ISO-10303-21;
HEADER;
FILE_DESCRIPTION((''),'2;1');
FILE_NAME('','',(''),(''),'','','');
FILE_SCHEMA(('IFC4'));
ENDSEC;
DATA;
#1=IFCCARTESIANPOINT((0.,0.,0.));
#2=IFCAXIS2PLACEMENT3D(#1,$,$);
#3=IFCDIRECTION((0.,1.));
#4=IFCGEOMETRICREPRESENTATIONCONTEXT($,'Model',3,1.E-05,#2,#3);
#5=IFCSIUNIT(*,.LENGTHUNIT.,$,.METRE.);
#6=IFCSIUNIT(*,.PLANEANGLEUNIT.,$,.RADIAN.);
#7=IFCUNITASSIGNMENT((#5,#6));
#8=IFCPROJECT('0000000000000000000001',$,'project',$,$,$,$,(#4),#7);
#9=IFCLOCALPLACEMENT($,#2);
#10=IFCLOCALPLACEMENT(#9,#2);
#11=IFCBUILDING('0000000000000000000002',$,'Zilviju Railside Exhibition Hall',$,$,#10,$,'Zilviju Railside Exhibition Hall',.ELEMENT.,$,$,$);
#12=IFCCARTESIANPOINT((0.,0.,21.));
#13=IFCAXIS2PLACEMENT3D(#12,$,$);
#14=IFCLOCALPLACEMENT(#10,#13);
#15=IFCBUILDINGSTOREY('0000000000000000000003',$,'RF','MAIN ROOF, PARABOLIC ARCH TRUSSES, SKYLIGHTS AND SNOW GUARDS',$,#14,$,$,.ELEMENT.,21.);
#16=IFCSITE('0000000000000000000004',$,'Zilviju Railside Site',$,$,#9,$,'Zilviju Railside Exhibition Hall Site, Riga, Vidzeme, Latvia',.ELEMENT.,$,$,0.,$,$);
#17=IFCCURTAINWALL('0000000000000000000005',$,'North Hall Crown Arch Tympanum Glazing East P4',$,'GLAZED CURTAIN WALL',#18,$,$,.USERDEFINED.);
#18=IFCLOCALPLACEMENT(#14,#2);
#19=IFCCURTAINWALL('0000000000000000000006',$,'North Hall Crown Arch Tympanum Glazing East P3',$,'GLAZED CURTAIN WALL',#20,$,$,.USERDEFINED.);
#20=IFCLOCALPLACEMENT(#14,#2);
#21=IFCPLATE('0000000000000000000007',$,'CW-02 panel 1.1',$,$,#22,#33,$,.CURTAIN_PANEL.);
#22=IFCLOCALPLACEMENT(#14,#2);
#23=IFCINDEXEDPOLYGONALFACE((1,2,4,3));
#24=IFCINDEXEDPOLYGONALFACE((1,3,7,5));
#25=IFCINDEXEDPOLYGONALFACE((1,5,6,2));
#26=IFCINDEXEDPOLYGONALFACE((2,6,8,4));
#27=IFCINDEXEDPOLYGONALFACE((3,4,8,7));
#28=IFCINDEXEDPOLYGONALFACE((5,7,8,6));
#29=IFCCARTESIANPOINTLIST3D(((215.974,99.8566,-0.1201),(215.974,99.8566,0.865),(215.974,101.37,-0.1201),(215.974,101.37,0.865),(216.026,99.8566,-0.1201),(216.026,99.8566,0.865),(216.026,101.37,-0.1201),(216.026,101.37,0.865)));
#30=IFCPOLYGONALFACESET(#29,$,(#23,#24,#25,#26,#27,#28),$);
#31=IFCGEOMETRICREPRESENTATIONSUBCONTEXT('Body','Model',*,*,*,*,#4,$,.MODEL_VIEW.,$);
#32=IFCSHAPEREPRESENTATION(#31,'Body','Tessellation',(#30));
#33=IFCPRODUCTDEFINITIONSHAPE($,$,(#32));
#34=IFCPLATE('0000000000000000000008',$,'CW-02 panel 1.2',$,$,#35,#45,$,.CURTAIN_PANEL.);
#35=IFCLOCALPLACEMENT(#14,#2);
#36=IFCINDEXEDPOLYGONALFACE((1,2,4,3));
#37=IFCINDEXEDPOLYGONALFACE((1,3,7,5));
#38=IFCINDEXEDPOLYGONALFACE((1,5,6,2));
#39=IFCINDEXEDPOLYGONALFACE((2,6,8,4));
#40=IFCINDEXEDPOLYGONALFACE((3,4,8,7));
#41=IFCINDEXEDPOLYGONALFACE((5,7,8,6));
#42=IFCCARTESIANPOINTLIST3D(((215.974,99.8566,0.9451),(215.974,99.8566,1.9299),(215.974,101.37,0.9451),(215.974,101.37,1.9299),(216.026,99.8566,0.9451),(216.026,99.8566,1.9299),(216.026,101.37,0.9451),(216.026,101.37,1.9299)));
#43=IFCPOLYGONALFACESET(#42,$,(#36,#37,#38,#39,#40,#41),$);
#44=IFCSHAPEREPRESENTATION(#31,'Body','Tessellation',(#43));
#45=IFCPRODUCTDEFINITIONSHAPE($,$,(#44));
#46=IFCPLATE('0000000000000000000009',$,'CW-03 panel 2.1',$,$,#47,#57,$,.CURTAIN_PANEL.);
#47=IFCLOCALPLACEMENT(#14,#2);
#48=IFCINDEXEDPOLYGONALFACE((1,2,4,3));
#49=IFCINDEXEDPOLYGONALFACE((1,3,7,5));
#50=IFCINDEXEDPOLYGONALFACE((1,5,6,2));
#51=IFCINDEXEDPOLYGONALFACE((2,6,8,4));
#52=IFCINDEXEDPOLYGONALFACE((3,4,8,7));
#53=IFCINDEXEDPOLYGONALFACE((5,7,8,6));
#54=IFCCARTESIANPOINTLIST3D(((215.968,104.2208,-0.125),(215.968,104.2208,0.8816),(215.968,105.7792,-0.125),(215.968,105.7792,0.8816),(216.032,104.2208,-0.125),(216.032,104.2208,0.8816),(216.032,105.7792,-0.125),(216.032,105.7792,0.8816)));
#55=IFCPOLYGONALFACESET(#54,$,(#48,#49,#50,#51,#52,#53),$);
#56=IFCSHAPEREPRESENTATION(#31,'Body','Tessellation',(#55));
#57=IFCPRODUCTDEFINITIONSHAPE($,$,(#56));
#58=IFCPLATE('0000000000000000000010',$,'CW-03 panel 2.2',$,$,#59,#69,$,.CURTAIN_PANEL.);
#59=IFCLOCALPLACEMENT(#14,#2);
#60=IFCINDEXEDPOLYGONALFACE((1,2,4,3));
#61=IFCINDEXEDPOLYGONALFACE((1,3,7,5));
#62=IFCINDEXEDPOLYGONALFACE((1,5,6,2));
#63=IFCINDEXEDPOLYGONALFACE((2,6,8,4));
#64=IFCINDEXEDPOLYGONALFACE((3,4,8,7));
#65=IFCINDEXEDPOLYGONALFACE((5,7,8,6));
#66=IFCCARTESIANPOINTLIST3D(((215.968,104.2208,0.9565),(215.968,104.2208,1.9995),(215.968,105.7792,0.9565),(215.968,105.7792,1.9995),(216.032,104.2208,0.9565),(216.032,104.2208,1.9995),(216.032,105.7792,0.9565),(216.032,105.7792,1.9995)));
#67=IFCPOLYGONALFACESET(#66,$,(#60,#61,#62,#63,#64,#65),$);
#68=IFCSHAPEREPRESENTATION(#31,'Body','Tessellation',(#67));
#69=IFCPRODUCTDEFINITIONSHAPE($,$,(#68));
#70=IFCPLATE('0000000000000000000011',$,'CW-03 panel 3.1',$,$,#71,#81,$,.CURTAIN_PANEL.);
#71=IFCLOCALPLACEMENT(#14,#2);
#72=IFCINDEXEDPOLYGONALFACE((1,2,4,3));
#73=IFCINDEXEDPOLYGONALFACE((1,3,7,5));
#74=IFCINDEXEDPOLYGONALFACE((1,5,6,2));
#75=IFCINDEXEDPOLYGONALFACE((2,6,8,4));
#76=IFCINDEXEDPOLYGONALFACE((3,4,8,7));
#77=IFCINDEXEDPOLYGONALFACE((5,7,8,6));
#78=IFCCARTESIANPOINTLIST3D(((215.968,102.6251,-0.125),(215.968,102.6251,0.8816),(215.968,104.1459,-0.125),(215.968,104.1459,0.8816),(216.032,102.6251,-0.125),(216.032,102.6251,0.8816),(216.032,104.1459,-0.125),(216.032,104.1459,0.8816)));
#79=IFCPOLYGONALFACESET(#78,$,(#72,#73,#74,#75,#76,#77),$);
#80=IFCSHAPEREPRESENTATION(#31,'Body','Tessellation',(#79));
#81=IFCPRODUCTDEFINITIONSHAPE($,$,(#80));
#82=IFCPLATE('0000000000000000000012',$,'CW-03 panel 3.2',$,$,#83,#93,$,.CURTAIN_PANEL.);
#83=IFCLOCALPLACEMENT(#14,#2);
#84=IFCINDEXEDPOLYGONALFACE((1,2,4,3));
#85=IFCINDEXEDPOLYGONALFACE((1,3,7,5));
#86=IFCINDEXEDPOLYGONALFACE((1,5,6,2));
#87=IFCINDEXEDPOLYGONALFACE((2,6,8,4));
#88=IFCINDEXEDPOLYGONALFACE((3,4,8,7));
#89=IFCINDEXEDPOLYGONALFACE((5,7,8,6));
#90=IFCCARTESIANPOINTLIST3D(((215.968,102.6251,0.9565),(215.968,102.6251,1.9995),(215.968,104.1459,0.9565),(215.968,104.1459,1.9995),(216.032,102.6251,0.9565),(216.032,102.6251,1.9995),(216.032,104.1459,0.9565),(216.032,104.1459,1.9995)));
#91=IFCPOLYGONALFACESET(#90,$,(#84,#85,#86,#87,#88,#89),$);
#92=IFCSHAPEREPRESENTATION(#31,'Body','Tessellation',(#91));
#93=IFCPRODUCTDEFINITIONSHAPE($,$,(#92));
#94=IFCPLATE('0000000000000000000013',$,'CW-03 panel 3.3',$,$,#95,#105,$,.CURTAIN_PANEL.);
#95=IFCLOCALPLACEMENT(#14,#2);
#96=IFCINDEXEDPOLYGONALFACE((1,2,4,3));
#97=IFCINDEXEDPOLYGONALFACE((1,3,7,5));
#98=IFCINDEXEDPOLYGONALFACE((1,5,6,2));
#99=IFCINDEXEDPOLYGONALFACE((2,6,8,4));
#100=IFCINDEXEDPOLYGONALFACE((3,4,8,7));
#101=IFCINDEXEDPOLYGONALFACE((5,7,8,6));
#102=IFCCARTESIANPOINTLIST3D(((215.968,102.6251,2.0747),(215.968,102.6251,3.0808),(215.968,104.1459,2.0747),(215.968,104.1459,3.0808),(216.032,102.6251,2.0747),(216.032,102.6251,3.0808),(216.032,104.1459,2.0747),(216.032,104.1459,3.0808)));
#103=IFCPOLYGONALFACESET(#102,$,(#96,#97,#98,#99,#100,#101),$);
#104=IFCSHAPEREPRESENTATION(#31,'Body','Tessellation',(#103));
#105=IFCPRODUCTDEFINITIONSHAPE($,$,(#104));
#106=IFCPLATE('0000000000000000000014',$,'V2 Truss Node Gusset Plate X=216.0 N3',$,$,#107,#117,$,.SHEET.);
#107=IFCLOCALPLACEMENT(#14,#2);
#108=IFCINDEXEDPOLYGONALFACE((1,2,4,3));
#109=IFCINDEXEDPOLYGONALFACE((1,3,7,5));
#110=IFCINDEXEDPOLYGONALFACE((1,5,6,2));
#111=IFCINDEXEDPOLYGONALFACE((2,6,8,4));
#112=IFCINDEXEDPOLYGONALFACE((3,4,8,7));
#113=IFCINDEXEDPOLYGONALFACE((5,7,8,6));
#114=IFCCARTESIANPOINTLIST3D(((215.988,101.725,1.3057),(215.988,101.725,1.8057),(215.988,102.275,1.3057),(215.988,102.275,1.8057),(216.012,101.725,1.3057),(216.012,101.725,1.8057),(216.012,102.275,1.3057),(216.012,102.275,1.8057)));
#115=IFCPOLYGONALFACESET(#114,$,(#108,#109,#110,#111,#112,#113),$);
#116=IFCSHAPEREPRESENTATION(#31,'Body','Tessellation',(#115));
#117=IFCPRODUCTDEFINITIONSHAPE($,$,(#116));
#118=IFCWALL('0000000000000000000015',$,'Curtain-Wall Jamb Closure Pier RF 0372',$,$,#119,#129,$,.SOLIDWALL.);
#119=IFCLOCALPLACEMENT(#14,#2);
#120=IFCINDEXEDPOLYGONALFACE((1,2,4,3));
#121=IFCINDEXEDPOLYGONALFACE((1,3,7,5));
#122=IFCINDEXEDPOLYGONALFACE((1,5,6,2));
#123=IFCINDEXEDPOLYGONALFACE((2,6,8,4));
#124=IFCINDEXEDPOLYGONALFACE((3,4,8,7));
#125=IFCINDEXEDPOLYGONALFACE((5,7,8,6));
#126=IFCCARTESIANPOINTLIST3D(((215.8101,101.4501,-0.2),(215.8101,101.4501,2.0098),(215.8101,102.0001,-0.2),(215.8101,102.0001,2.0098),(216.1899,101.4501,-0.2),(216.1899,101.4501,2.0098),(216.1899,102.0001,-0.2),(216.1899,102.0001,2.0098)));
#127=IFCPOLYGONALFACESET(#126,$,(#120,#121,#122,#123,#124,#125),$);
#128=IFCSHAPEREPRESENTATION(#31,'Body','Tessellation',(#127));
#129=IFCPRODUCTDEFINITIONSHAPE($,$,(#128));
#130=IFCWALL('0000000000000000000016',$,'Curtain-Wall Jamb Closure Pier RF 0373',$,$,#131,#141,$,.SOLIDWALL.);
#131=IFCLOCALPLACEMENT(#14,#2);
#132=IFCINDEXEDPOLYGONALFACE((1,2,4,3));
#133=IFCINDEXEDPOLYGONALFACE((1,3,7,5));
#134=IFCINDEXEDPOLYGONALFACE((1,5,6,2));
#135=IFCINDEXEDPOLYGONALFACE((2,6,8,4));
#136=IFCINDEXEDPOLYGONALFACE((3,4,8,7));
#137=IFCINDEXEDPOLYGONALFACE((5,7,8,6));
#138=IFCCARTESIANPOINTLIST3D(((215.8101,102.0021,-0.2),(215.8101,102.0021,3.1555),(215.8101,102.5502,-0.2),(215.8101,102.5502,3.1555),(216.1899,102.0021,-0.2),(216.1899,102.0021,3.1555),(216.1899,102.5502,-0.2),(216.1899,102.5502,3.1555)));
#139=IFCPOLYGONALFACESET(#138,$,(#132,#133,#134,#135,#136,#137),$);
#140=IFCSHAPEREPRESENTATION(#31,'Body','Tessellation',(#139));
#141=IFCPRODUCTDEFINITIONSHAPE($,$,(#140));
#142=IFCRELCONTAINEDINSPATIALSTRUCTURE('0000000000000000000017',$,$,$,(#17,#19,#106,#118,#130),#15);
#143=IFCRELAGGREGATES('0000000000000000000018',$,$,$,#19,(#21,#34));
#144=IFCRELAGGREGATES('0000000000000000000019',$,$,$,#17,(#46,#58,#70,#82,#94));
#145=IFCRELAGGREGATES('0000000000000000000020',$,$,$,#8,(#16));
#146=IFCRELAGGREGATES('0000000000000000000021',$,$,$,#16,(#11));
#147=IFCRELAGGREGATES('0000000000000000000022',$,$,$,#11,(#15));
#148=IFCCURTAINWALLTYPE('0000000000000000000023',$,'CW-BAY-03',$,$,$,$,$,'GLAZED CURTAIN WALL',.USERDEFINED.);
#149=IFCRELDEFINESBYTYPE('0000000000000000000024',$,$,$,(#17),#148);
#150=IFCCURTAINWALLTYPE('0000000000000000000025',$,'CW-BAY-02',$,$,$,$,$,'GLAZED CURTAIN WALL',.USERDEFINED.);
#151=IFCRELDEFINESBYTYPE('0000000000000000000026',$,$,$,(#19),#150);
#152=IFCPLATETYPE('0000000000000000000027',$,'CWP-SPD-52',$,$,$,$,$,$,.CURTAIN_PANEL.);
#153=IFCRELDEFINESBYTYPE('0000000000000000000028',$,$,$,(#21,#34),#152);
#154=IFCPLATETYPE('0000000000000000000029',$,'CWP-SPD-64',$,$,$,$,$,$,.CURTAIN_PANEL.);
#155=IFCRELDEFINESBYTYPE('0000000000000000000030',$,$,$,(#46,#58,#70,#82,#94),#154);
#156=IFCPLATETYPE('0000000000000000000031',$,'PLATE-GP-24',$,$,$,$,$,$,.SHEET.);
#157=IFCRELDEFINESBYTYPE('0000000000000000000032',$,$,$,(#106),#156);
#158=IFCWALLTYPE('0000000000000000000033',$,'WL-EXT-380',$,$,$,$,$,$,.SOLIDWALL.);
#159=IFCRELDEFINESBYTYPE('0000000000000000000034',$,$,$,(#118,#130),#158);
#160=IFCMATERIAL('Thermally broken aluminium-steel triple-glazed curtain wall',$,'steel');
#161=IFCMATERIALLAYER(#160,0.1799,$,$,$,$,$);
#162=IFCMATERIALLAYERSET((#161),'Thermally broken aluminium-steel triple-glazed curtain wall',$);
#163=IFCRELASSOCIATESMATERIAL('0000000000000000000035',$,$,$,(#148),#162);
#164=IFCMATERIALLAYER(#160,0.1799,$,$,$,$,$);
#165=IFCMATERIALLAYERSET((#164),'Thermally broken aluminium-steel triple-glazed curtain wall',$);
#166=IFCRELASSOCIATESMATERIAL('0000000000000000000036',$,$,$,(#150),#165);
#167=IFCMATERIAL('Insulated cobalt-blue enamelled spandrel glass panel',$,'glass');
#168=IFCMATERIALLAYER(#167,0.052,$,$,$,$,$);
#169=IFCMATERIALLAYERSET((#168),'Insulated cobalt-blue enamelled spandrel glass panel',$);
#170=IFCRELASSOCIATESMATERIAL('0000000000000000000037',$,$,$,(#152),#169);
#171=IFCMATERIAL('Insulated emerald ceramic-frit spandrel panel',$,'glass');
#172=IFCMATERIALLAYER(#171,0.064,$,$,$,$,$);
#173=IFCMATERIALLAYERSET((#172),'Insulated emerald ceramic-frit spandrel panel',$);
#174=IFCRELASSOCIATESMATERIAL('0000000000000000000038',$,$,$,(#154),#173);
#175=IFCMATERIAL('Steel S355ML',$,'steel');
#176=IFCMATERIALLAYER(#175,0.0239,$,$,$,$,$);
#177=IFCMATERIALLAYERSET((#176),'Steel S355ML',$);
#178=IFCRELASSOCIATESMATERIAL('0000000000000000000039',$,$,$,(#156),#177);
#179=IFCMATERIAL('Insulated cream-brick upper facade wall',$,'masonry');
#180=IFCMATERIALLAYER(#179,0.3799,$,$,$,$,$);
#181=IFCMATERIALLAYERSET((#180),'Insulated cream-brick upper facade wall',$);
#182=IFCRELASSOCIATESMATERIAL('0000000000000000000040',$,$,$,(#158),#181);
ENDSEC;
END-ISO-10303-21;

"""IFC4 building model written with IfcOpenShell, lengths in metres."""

from ifc_helpers import new_model, si_unit, direction, frame, frame_2d, origin, origin_2d, place, context, subcontext, project, spatial, rectangle, extrude, material, layer, layer_set, type_object, element, aggregate, save


model = new_model("IFC4")

# Units and contexts
model_context = context("Model", 3, precision=1e-05, world=origin(), true_north=direction((0.0, 1.0)))
body_context = subcontext(model_context, "Body", "Model", "MODEL_VIEW")
ifc_project = project(units=[si_unit("LENGTHUNIT", "METRE"), si_unit("PLANEANGLEUNIT", "RADIAN")], contexts=[model_context])

# Site, building, storey
site_placement = place(None, origin())
site = spatial("IfcSite", under=ifc_project, at=site_placement, Name="Zilviju Railside Site", LongName="Zilviju Railside Exhibition Hall Site, Riga, Vidzeme, Latvia", CompositionType="ELEMENT", RefElevation=0.0)
building_placement = place(site_placement, origin())
building = spatial("IfcBuilding", under=site, at=building_placement, Name="Zilviju Railside Exhibition Hall", LongName="Zilviju Railside Exhibition Hall", CompositionType="ELEMENT")
storey_placement = place(building_placement, frame((0.0, 0.0, 21.0)))
storey = spatial("IfcBuildingStorey", under=building, at=storey_placement, Name="RF", Description="MAIN ROOF, PARABOLIC ARCH TRUSSES, SKYLIGHTS AND SNOW GUARDS", CompositionType="ELEMENT", Elevation=21.0)

# Curtain walls
ifc_material_1 = material(Name="Thermally broken aluminium-steel triple-glazed curtain wall", Category="steel")
ifc_layer_1 = layer(ifc_material_1, 0.1799)
ifc_layer_set_1 = layer_set([ifc_layer_1], Name="Thermally broken aluminium-steel triple-glazed curtain wall")
curtain_wall_type_1 = type_object("IfcCurtainWallType", Name="CW-BAY-03", ElementType="GLAZED CURTAIN WALL", PredefinedType="USERDEFINED", material=ifc_layer_set_1)
curtain_wall_1_placement = place(storey_placement, origin())
curtain_wall_1 = element("IfcCurtainWall", 1, at=curtain_wall_1_placement, inside=storey, type_object=curtain_wall_type_1, Name="North Hall Crown Arch Tympanum Glazing East P4", ObjectType="GLAZED CURTAIN WALL", PredefinedType="USERDEFINED")
ifc_layer_2 = layer(ifc_material_1, 0.1799)
ifc_layer_set_2 = layer_set([ifc_layer_2], Name="Thermally broken aluminium-steel triple-glazed curtain wall")
curtain_wall_type_2 = type_object("IfcCurtainWallType", Name="CW-BAY-02", ElementType="GLAZED CURTAIN WALL", PredefinedType="USERDEFINED", material=ifc_layer_set_2)
curtain_wall_2_placement = place(storey_placement, origin())
curtain_wall_2 = element("IfcCurtainWall", 2, at=curtain_wall_2_placement, inside=storey, type_object=curtain_wall_type_2, Name="North Hall Crown Arch Tympanum Glazing East P3", ObjectType="GLAZED CURTAIN WALL", PredefinedType="USERDEFINED")

# Shared definitions
ifc_material_2 = material(Name="Steel S355ML", Category="steel")

# Plates
ifc_material_3 = material(Name="Insulated cobalt-blue enamelled spandrel glass panel", Category="glass")
ifc_layer_3 = layer(ifc_material_3, 0.052)
ifc_layer_set_3 = layer_set([ifc_layer_3], Name="Insulated cobalt-blue enamelled spandrel glass panel")
plate_type_1 = type_object("IfcPlateType", Name="CWP-SPD-52", PredefinedType="CURTAIN_PANEL", material=ifc_layer_set_3)
plate_1_placement = place(storey_placement, frame((216.0, 100.6133, -0.1201), z_axis=(0.0, 0.0, 1.0), x_axis=(0.0, -1.0, 0.0)))
plate_1 = element("IfcPlate", 3, at=plate_1_placement, type_object=plate_type_1, Name="CW-02 panel 1.1", PredefinedType="CURTAIN_PANEL", context=body_context, shape_type="SweptSolid", body=[
    extrude(rectangle(XDim=1.5134, YDim=0.052, at=origin_2d()), origin(), (0.0, 0.0, 1.0), 0.9851),
])
plate_2_placement = place(storey_placement, frame((216.0, 100.6133, 0.9451), z_axis=(0.0, 0.0, 1.0), x_axis=(0.0, -1.0, 0.0)))
plate_2 = element("IfcPlate", 4, at=plate_2_placement, type_object=plate_type_1, Name="CW-02 panel 1.2", PredefinedType="CURTAIN_PANEL", context=body_context, shape_type="SweptSolid", body=[
    extrude(rectangle(XDim=1.5134, YDim=0.052, at=origin_2d()), origin(), (0.0, 0.0, 1.0), 0.9849),
])
aggregate(curtain_wall_2, [plate_1, plate_2])
ifc_material_4 = material(Name="Insulated emerald ceramic-frit spandrel panel", Category="glass")
ifc_layer_4 = layer(ifc_material_4, 0.064)
ifc_layer_set_4 = layer_set([ifc_layer_4], Name="Insulated emerald ceramic-frit spandrel panel")
plate_type_2 = type_object("IfcPlateType", Name="CWP-SPD-64", PredefinedType="CURTAIN_PANEL", material=ifc_layer_set_4)
plate_3_placement = place(storey_placement, frame((216.0, 105.0, -0.125), z_axis=(0.0, 0.0, 1.0), x_axis=(0.0, -1.0, 0.0)))
plate_3 = element("IfcPlate", 5, at=plate_3_placement, type_object=plate_type_2, Name="CW-03 panel 2.1", PredefinedType="CURTAIN_PANEL", context=body_context, shape_type="SweptSolid", body=[
    extrude(rectangle(XDim=1.5583, YDim=0.064, at=origin_2d()), origin(), (0.0, 0.0, 1.0), 1.0066),
])
plate_4_placement = place(storey_placement, frame((216.0, 105.0, 0.9565), z_axis=(0.0, 0.0, 1.0), x_axis=(0.0, -1.0, 0.0)))
plate_4 = element("IfcPlate", 6, at=plate_4_placement, type_object=plate_type_2, Name="CW-03 panel 2.2", PredefinedType="CURTAIN_PANEL", context=body_context, shape_type="SweptSolid", body=[
    extrude(rectangle(XDim=1.5583, YDim=0.064, at=origin_2d()), origin(), (0.0, 0.0, 1.0), 1.043),
])
plate_5_placement = place(storey_placement, frame((216.0, 103.3855, -0.125), z_axis=(0.0, 0.0, 1.0), x_axis=(0.0, -1.0, 0.0)))
plate_5 = element("IfcPlate", 7, at=plate_5_placement, type_object=plate_type_2, Name="CW-03 panel 3.1", PredefinedType="CURTAIN_PANEL", context=body_context, shape_type="SweptSolid", body=[
    extrude(rectangle(XDim=1.5208, YDim=0.064, at=origin_2d()), origin(), (0.0, 0.0, 1.0), 1.0066),
])
plate_6_placement = place(storey_placement, frame((216.0, 103.3855, 0.9565), z_axis=(0.0, 0.0, 1.0), x_axis=(0.0, -1.0, 0.0)))
plate_6 = element("IfcPlate", 8, at=plate_6_placement, type_object=plate_type_2, Name="CW-03 panel 3.2", PredefinedType="CURTAIN_PANEL", context=body_context, shape_type="SweptSolid", body=[
    extrude(rectangle(XDim=1.5208, YDim=0.064, at=origin_2d()), origin(), (0.0, 0.0, 1.0), 1.043),
])
plate_7_placement = place(storey_placement, frame((216.0, 103.3855, 2.0747), z_axis=(0.0, 0.0, 1.0), x_axis=(0.0, -1.0, 0.0)))
plate_7 = element("IfcPlate", 9, at=plate_7_placement, type_object=plate_type_2, Name="CW-03 panel 3.3", PredefinedType="CURTAIN_PANEL", context=body_context, shape_type="SweptSolid", body=[
    extrude(rectangle(XDim=1.5208, YDim=0.064, at=origin_2d()), origin(), (0.0, 0.0, 1.0), 1.0061),
])
aggregate(curtain_wall_1, [plate_3, plate_4, plate_5, plate_6, plate_7])
ifc_layer_5 = layer(ifc_material_2, 0.0239)
ifc_layer_set_5 = layer_set([ifc_layer_5], Name="Steel S355ML")
plate_type_3 = type_object("IfcPlateType", Name="PLATE-GP-24", PredefinedType="SHEET", material=ifc_layer_set_5)
plate_8_placement = place(storey_placement, frame((216.0, 102.0, 1.3057), z_axis=(0.0, 0.0, 1.0), x_axis=(1.0, 0.0, 0.0)))
element("IfcPlate", 10, at=plate_8_placement, inside=storey, type_object=plate_type_3, Name="V2 Truss Node Gusset Plate X=216.0 N3", PredefinedType="SHEET", context=body_context, shape_type="SweptSolid", body=[
    extrude(rectangle(XDim=0.0239, YDim=0.55, at=origin_2d()), origin(), (0.0, 0.0, 1.0), 0.5),
])

# Walls
ifc_material_5 = material(Name="Insulated cream-brick upper facade wall", Category="masonry")
ifc_layer_6 = layer(ifc_material_5, 0.3799)
ifc_layer_set_6 = layer_set([ifc_layer_6], Name="Insulated cream-brick upper facade wall")
wall_type = type_object("IfcWallType", Name="WL-EXT-380", PredefinedType="SOLIDWALL", material=ifc_layer_set_6)
wall_1_placement = place(storey_placement, frame((216.0, 102.0, -0.2), z_axis=(0.0, 0.0, 1.0), x_axis=(0.0, -1.0, 0.0)))
element("IfcWall", 11, at=wall_1_placement, inside=storey, type_object=wall_type, Name="Curtain-Wall Jamb Closure Pier RF 0372", PredefinedType="SOLIDWALL", context=body_context, shape_type="SweptSolid", body=[
    extrude(rectangle(XDim=0.55, YDim=0.3799, at=frame_2d((0.2749, 0.0))), origin(), (0.0, 0.0, 1.0), 2.2097),
])
wall_2_placement = place(storey_placement, frame((216.0, 102.55, -0.2), z_axis=(0.0, 0.0, 1.0), x_axis=(0.0, -1.0, 0.0)))
element("IfcWall", 12, at=wall_2_placement, inside=storey, type_object=wall_type, Name="Curtain-Wall Jamb Closure Pier RF 0373", PredefinedType="SOLIDWALL", context=body_context, shape_type="SweptSolid", body=[
    extrude(rectangle(XDim=0.5481, YDim=0.3799, at=frame_2d((0.2739, 0.0))), origin(), (0.0, 0.0, 1.0), 3.3555),
])

save(model, "model.ifc")
